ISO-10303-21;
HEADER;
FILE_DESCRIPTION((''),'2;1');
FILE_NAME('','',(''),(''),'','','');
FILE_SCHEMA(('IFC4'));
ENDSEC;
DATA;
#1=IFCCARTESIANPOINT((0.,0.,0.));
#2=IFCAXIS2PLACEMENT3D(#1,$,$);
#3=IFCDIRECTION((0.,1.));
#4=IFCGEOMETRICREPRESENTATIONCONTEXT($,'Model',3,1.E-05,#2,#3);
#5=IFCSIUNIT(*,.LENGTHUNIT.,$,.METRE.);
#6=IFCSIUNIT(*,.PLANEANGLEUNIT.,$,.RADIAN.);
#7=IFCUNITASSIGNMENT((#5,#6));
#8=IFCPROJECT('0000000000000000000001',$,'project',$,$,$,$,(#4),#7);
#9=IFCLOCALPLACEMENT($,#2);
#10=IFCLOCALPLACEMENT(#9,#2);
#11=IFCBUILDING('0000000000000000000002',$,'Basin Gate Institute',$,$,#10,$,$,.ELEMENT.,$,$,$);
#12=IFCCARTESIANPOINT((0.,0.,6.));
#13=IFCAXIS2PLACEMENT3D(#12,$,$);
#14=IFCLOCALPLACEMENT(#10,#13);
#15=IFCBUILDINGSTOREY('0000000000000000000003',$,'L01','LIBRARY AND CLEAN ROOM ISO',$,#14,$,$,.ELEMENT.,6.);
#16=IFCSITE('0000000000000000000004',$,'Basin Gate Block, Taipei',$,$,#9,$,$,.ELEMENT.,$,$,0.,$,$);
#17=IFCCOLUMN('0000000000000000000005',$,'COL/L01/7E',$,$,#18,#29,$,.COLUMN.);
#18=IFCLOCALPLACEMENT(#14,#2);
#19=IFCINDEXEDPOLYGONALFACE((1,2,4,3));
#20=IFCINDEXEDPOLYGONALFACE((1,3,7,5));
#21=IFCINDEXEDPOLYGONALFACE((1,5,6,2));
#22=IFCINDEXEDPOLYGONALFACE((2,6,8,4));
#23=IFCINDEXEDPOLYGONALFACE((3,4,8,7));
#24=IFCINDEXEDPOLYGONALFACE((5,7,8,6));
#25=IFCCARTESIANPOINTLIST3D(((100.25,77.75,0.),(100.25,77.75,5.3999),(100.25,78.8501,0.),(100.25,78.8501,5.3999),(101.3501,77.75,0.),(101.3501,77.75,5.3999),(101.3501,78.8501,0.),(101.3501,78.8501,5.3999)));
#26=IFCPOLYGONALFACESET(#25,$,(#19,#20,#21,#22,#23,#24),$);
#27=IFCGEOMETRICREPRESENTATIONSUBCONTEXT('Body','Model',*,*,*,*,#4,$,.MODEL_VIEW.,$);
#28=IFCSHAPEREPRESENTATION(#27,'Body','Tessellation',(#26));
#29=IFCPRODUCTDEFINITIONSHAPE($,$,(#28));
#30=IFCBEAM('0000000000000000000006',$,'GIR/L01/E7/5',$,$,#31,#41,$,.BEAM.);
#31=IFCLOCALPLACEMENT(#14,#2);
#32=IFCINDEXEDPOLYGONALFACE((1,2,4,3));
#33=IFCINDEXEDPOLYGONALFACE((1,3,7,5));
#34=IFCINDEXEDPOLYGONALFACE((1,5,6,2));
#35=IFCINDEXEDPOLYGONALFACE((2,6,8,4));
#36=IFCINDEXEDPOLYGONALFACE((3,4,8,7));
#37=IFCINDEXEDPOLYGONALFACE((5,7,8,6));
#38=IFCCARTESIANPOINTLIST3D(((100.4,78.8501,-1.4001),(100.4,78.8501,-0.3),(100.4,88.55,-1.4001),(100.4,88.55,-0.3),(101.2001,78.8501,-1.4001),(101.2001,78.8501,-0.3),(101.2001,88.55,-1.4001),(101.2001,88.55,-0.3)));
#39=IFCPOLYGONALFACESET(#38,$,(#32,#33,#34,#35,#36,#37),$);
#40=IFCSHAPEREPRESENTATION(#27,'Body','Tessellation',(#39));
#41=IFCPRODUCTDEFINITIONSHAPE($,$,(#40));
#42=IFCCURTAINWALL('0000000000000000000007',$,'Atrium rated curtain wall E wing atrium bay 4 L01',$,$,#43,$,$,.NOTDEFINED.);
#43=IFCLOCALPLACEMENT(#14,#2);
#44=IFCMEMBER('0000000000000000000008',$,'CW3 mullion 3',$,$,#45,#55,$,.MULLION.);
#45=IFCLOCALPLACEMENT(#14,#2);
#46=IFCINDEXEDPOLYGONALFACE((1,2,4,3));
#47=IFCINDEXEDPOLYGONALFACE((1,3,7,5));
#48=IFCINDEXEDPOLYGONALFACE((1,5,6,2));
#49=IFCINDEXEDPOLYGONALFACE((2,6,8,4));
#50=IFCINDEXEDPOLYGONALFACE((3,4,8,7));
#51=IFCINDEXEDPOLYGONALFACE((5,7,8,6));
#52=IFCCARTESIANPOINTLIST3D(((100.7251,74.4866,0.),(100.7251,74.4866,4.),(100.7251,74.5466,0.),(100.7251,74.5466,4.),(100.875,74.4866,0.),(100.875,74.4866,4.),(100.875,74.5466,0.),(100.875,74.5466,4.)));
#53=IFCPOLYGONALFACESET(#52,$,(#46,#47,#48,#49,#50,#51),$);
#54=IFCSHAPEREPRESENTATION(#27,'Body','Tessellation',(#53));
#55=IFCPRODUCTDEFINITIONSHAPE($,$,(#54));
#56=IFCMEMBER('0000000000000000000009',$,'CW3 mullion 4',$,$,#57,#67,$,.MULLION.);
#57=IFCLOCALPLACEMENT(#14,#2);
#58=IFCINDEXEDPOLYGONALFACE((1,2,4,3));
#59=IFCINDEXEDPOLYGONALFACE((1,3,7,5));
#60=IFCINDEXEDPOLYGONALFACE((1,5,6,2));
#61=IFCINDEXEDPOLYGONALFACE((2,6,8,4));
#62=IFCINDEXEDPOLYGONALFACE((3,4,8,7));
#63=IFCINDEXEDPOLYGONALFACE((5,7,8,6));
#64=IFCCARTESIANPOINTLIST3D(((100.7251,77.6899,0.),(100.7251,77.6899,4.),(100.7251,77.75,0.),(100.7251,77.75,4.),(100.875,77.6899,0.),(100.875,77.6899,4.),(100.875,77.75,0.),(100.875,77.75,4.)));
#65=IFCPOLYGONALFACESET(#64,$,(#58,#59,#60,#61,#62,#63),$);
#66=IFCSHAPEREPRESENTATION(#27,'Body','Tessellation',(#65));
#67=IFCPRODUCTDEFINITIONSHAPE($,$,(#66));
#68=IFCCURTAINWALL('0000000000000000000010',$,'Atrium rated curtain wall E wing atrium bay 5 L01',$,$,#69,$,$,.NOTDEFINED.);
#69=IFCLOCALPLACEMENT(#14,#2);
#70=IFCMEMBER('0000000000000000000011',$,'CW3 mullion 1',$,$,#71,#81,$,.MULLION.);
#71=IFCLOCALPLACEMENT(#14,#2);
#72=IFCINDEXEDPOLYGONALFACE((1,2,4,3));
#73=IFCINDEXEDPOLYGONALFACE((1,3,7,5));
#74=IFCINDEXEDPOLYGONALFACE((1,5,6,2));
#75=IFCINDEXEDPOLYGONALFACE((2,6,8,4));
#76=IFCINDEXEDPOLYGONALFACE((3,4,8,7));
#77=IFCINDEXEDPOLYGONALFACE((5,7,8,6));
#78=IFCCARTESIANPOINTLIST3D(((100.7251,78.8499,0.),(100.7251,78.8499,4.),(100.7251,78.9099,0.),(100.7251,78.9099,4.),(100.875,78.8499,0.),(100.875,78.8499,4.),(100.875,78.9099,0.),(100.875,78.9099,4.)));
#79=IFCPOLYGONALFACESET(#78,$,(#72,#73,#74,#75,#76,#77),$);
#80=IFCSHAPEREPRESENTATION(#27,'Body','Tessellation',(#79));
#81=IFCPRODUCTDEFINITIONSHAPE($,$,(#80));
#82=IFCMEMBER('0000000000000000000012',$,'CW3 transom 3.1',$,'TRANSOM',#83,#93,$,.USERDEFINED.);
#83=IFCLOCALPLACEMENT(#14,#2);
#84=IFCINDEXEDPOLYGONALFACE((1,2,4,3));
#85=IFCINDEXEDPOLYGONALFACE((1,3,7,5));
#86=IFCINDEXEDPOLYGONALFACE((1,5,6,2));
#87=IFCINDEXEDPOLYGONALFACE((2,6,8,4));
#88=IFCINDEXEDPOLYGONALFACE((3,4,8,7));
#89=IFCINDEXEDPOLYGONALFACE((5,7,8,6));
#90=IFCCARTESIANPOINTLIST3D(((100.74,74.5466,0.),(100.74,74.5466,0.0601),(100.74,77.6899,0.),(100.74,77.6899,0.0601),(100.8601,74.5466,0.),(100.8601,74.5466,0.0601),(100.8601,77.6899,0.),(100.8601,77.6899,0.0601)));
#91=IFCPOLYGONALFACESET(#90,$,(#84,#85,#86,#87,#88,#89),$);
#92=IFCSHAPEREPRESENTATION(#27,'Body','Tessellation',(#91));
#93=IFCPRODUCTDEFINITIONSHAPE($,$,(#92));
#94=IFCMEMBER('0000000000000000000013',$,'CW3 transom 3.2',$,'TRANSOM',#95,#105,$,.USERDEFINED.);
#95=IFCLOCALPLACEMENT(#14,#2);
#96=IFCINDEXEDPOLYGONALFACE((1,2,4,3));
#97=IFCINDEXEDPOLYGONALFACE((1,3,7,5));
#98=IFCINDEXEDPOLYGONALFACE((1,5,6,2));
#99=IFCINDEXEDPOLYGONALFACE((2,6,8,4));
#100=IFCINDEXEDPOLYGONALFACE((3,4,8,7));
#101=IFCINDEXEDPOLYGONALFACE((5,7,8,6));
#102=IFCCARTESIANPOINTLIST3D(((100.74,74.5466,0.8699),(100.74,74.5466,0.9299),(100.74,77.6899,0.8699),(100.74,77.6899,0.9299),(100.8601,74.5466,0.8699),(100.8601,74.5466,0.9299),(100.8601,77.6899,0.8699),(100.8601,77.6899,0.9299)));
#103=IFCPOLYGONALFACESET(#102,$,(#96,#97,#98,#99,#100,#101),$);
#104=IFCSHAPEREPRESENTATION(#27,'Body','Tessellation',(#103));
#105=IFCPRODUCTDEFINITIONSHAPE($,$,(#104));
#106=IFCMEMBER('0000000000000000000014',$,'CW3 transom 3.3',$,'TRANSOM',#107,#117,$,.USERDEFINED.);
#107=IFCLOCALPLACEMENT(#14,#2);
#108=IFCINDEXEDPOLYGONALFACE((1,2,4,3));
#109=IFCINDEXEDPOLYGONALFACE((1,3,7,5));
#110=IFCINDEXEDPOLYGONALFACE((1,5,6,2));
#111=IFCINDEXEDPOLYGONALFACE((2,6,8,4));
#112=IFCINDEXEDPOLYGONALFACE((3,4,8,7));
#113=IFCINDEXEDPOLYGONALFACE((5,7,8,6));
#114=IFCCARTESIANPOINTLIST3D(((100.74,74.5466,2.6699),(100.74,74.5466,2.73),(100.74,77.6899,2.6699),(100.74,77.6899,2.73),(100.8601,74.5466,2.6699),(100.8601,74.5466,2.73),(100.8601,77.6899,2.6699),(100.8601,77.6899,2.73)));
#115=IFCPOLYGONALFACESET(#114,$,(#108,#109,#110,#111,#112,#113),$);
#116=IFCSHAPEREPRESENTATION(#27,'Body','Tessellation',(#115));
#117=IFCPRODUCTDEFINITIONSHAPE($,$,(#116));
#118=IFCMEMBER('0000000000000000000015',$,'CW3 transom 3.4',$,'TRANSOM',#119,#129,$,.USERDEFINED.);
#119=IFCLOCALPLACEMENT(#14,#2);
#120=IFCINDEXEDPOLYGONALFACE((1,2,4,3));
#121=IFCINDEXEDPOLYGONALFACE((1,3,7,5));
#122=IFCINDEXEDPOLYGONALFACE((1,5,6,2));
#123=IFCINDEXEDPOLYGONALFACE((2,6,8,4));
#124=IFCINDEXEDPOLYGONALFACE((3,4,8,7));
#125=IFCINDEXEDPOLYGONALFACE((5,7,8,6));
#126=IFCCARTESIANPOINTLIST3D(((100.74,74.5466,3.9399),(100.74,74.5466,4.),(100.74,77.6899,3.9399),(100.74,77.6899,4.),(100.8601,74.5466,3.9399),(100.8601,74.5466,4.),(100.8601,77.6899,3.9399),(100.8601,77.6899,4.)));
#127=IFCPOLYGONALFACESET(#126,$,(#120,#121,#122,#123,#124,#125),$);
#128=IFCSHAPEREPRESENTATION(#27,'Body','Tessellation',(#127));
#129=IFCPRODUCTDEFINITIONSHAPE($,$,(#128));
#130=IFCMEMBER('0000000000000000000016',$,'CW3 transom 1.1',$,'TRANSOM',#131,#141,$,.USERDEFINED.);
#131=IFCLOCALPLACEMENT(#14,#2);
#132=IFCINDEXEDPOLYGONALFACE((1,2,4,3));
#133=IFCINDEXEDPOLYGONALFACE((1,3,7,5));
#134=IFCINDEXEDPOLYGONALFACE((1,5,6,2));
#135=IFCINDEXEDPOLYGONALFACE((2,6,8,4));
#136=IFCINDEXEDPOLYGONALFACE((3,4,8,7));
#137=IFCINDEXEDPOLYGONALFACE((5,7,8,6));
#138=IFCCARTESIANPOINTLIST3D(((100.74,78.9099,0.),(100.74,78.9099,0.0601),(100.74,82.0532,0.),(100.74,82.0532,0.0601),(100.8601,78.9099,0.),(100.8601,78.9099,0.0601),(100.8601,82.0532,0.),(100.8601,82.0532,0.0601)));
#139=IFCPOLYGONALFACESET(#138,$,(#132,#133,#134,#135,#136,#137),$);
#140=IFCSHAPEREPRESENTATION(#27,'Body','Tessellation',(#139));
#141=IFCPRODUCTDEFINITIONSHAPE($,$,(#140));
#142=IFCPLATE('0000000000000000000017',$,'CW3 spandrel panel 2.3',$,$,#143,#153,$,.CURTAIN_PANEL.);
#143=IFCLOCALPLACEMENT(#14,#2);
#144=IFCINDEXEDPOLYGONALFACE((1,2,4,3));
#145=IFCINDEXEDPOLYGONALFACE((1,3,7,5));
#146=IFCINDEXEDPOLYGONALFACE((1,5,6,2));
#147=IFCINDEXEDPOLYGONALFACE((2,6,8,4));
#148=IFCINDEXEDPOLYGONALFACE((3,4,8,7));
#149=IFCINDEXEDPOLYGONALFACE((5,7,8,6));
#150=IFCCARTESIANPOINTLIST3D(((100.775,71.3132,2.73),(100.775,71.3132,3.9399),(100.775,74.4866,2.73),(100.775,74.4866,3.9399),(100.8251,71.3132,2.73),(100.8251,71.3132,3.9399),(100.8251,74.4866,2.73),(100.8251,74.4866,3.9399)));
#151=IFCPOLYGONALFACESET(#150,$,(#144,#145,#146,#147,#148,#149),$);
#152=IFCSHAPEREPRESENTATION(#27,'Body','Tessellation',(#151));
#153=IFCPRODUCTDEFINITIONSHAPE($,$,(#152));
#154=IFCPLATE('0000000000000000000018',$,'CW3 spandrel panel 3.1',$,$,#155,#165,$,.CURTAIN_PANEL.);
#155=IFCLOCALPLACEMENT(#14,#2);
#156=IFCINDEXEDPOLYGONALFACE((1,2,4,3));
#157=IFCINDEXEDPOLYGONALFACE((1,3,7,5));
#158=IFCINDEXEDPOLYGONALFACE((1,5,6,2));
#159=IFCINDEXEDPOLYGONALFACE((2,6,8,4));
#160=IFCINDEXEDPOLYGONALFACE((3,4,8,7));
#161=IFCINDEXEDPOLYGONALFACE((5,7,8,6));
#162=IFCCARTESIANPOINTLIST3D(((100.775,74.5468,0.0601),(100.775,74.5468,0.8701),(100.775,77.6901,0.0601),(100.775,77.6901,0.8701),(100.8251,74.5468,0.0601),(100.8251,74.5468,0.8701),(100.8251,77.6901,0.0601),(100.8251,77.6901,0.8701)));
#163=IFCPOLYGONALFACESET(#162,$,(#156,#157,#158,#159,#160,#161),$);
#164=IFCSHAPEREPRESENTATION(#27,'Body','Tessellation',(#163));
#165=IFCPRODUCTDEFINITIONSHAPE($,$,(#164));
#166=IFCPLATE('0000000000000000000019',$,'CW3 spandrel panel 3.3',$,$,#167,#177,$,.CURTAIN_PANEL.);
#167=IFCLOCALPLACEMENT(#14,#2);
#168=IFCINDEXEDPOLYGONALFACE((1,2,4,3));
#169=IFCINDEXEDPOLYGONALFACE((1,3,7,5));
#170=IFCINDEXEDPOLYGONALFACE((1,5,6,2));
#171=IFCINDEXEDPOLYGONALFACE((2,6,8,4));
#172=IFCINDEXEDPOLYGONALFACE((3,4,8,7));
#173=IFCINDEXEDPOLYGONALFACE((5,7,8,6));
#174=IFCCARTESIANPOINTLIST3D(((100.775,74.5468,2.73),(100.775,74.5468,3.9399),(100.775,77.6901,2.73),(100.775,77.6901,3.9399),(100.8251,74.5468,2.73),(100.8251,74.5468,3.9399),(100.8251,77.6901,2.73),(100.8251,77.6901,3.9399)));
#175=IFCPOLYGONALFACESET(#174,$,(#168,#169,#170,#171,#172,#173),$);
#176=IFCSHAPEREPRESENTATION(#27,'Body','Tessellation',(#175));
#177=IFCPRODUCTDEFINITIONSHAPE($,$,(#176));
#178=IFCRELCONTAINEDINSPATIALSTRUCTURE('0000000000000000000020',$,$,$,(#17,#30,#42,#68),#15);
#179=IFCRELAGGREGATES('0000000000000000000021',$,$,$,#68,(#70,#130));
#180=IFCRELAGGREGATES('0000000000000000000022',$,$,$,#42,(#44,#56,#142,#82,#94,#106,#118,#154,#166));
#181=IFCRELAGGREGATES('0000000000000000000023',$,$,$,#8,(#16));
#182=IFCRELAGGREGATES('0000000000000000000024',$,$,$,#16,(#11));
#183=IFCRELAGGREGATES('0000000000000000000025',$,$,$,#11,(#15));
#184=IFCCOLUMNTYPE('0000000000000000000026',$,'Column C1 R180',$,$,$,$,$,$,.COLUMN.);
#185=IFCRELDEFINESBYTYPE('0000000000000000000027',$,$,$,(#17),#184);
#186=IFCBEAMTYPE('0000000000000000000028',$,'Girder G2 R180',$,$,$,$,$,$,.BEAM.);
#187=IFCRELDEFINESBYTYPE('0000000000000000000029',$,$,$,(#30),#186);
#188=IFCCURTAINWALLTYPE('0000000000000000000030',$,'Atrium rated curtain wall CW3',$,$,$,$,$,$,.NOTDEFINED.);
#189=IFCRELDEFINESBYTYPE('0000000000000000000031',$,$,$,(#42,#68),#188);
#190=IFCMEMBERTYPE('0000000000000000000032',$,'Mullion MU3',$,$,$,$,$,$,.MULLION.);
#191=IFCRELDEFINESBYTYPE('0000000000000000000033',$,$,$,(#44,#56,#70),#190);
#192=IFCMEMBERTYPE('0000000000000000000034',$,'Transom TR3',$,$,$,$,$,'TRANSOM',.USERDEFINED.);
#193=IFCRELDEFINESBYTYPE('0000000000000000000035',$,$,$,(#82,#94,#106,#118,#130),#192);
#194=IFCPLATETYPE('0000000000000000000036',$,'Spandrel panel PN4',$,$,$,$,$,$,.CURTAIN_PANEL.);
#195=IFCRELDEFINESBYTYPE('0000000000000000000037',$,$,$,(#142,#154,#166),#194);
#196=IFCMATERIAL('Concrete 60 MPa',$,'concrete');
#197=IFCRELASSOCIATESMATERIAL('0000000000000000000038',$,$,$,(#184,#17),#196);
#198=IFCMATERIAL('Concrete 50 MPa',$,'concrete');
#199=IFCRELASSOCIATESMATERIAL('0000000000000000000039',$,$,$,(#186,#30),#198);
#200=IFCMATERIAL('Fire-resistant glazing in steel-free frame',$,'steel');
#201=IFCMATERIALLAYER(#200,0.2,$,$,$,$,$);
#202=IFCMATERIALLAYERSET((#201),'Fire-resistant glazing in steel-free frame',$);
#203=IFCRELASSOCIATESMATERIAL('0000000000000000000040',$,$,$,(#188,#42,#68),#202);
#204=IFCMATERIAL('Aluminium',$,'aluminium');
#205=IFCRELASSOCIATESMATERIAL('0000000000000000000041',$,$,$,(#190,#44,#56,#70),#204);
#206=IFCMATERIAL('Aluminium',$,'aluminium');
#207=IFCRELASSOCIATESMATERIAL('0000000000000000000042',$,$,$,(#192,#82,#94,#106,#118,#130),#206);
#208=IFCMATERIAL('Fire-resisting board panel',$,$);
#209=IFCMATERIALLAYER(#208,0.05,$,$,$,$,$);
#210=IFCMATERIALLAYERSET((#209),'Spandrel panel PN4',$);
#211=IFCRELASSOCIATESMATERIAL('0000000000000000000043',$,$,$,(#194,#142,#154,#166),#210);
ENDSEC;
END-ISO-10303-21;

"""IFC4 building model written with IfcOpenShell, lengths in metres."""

from ifc_helpers import new_model, si_unit, direction, frame, origin, origin_2d, place, context, subcontext, project, spatial, rectangle, extrude, material, layer, layer_set, material_profile, profile_set, type_object, element, aggregate, save


model = new_model("IFC4")

# Units and contexts
model_context = context("Model", 3, precision=1e-05, world=origin(), true_north=direction((0.0, 1.0)))
body_context = subcontext(model_context, "Body", "Model", "MODEL_VIEW")
ifc_project = project(units=[si_unit("LENGTHUNIT", "METRE"), si_unit("PLANEANGLEUNIT", "RADIAN")], contexts=[model_context])

# Site, building, storey
site_placement = place(None, origin())
site = spatial("IfcSite", under=ifc_project, at=site_placement, Name="Basin Gate Block, Taipei", CompositionType="ELEMENT", RefElevation=0.0)
building_placement = place(site_placement, origin())
building = spatial("IfcBuilding", under=site, at=building_placement, Name="Basin Gate Institute", CompositionType="ELEMENT")
storey_placement = place(building_placement, frame((0.0, 0.0, 6.0)))
storey = spatial("IfcBuildingStorey", under=building, at=storey_placement, Name="L01", Description="LIBRARY AND CLEAN ROOM ISO", CompositionType="ELEMENT", Elevation=6.0)

# Column
ifc_material_1 = material(Name="Concrete 60 MPa", Category="concrete")
ifc_material_profile_1 = material_profile(ifc_material_1, rectangle(XDim=1.1001, YDim=1.1001, at=origin_2d()), Name="Column C1 1100 x 1100")
ifc_profile_set_1 = profile_set([ifc_material_profile_1], Name="Concrete 60 MPa")
column_type = type_object("IfcColumnType", Name="Column C1 R180", PredefinedType="COLUMN", material=ifc_profile_set_1)
column_placement = place(storey_placement, frame((100.8, 78.3, 0.0), z_axis=(0.0, 0.0, 1.0), x_axis=(1.0, 0.0, 0.0)))
element("IfcColumn", 1, at=column_placement, inside=storey, type_object=column_type, material=ifc_profile_set_1, Name="COL/L01/7E", PredefinedType="COLUMN", context=body_context, shape_type="SweptSolid", body=[
    extrude(rectangle(XDim=1.1001, YDim=1.1001, at=origin_2d()), origin(), (0.0, 0.0, 1.0), 5.3999),
])

# Beam
ifc_material_2 = material(Name="Concrete 50 MPa", Category="concrete")
ifc_material_profile_2 = material_profile(ifc_material_2, rectangle(XDim=0.8, YDim=1.1001, at=origin_2d()), Name="Girder G2 800 x 1100")
ifc_profile_set_2 = profile_set([ifc_material_profile_2], Name="Concrete 50 MPa")
beam_type = type_object("IfcBeamType", Name="Girder G2 R180", PredefinedType="BEAM", material=ifc_profile_set_2)
beam_placement = place(storey_placement, frame((100.8, 78.8501, -0.8501), z_axis=(0.0, 1.0, 0.0), x_axis=(-1.0, 0.0, 0.0)))
element("IfcBeam", 2, at=beam_placement, inside=storey, type_object=beam_type, material=ifc_profile_set_2, Name="GIR/L01/E7/5", PredefinedType="BEAM", context=body_context, shape_type="SweptSolid", body=[
    extrude(rectangle(XDim=0.8, YDim=1.1001, at=origin_2d()), origin(), (0.0, 0.0, 1.0), 9.7),
])

# Curtain wall, members
ifc_material_3 = material(Name="Fire-resistant glazing in steel-free frame", Category="steel")
ifc_layer_1 = layer(ifc_material_3, 0.2)
ifc_layer_set_1 = layer_set([ifc_layer_1], Name="Fire-resistant glazing in steel-free frame")
curtain_wall_type = type_object("IfcCurtainWallType", Name="Atrium rated curtain wall CW3", PredefinedType="NOTDEFINED", material=ifc_layer_set_1)
curtain_wall_1_placement = place(storey_placement, origin())
curtain_wall_1 = element("IfcCurtainWall", 3, at=curtain_wall_1_placement, inside=storey, type_object=curtain_wall_type, material=ifc_layer_set_1, Name="Atrium rated curtain wall E wing atrium bay 4 L01", PredefinedType="NOTDEFINED")
ifc_material_4 = material(Name="Aluminium", Category="aluminium")
ifc_material_profile_3 = material_profile(ifc_material_4, rectangle(XDim=0.1499, YDim=0.0601, at=origin_2d()), Name="Mullion MU3 150 x 60")
ifc_profile_set_3 = profile_set([ifc_material_profile_3], Name="Aluminium")
member_type_1 = type_object("IfcMemberType", Name="Mullion MU3", PredefinedType="MULLION", material=ifc_profile_set_3)
member_1_placement = place(storey_placement, frame((100.8, 74.5166, 0.0), z_axis=(0.0, 0.0, 1.0), x_axis=(-1.0, 0.0, 0.0)))
member_1 = element("IfcMember", 4, at=member_1_placement, type_object=member_type_1, material=ifc_profile_set_3, Name="CW3 mullion 3", PredefinedType="MULLION", context=body_context, shape_type="SweptSolid", body=[
    extrude(rectangle(XDim=0.1499, YDim=0.0601, at=origin_2d()), origin(), (0.0, 0.0, 1.0), 4.0),
])
member_2_placement = place(storey_placement, frame((100.8, 77.72, 0.0), z_axis=(0.0, 0.0, 1.0), x_axis=(-1.0, 0.0, 0.0)))
member_2 = element("IfcMember", 5, at=member_2_placement, type_object=member_type_1, material=ifc_profile_set_3, Name="CW3 mullion 4", PredefinedType="MULLION", context=body_context, shape_type="SweptSolid", body=[
    extrude(rectangle(XDim=0.1499, YDim=0.0601, at=origin_2d()), origin(), (0.0, 0.0, 1.0), 4.0),
])

# Curtain wall, member
curtain_wall_2_placement = place(storey_placement, origin())
curtain_wall_2 = element("IfcCurtainWall", 6, at=curtain_wall_2_placement, inside=storey, type_object=curtain_wall_type, material=ifc_layer_set_1, Name="Atrium rated curtain wall E wing atrium bay 5 L01", PredefinedType="NOTDEFINED")
member_3_placement = place(storey_placement, frame((100.8, 78.8799, 0.0), z_axis=(0.0, 0.0, 1.0), x_axis=(-1.0, 0.0, 0.0)))
member_3 = element("IfcMember", 7, at=member_3_placement, type_object=member_type_1, material=ifc_profile_set_3, Name="CW3 mullion 1", PredefinedType="MULLION", context=body_context, shape_type="SweptSolid", body=[
    extrude(rectangle(XDim=0.1499, YDim=0.0601, at=origin_2d()), origin(), (0.0, 0.0, 1.0), 4.0),
])

# Members
ifc_material_5 = material(Name="Aluminium", Category="aluminium")
ifc_material_profile_4 = material_profile(ifc_material_5, rectangle(XDim=0.1201, YDim=0.0601, at=origin_2d()), Name="Transom TR3 120 x 60")
ifc_profile_set_4 = profile_set([ifc_material_profile_4], Name="Aluminium")
member_type_2 = type_object("IfcMemberType", Name="Transom TR3", ElementType="TRANSOM", PredefinedType="USERDEFINED", material=ifc_profile_set_4)
member_4_placement = place(storey_placement, frame((100.8, 74.5466, 0.03), z_axis=(0.0, 1.0, 0.0), x_axis=(-1.0, 0.0, 0.0)))
member_4 = element("IfcMember", 8, at=member_4_placement, type_object=member_type_2, material=ifc_profile_set_4, Name="CW3 transom 3.1", ObjectType="TRANSOM", PredefinedType="USERDEFINED", context=body_context, shape_type="SweptSolid", body=[
    extrude(rectangle(XDim=0.1201, YDim=0.0601, at=origin_2d()), origin(), (0.0, 0.0, 1.0), 3.1433),
])
member_5_placement = place(storey_placement, frame((100.8, 74.5466, 0.8999), z_axis=(0.0, 1.0, 0.0), x_axis=(-1.0, 0.0, 0.0)))
member_5 = element("IfcMember", 9, at=member_5_placement, type_object=member_type_2, material=ifc_profile_set_4, Name="CW3 transom 3.2", ObjectType="TRANSOM", PredefinedType="USERDEFINED", context=body_context, shape_type="SweptSolid", body=[
    extrude(rectangle(XDim=0.1201, YDim=0.0601, at=origin_2d()), origin(), (0.0, 0.0, 1.0), 3.1433),
])
member_6_placement = place(storey_placement, frame((100.8, 74.5466, 2.7), z_axis=(0.0, 1.0, 0.0), x_axis=(-1.0, 0.0, 0.0)))
member_6 = element("IfcMember", 10, at=member_6_placement, type_object=member_type_2, material=ifc_profile_set_4, Name="CW3 transom 3.3", ObjectType="TRANSOM", PredefinedType="USERDEFINED", context=body_context, shape_type="SweptSolid", body=[
    extrude(rectangle(XDim=0.1201, YDim=0.0601, at=origin_2d()), origin(), (0.0, 0.0, 1.0), 3.1433),
])
member_7_placement = place(storey_placement, frame((100.8, 74.5466, 3.97), z_axis=(0.0, 1.0, 0.0), x_axis=(-1.0, 0.0, 0.0)))
member_7 = element("IfcMember", 11, at=member_7_placement, type_object=member_type_2, material=ifc_profile_set_4, Name="CW3 transom 3.4", ObjectType="TRANSOM", PredefinedType="USERDEFINED", context=body_context, shape_type="SweptSolid", body=[
    extrude(rectangle(XDim=0.1201, YDim=0.0601, at=origin_2d()), origin(), (0.0, 0.0, 1.0), 3.1433),
])
member_8_placement = place(storey_placement, frame((100.8, 78.9099, 0.03), z_axis=(0.0, 1.0, 0.0), x_axis=(-1.0, 0.0, 0.0)))
member_8 = element("IfcMember", 12, at=member_8_placement, type_object=member_type_2, material=ifc_profile_set_4, Name="CW3 transom 1.1", ObjectType="TRANSOM", PredefinedType="USERDEFINED", context=body_context, shape_type="SweptSolid", body=[
    extrude(rectangle(XDim=0.1201, YDim=0.0601, at=origin_2d()), origin(), (0.0, 0.0, 1.0), 3.1433),
])
aggregate(curtain_wall_2, [member_3, member_8])

# Plates
ifc_material_6 = material(Name="Fire-resisting board panel")
ifc_layer_2 = layer(ifc_material_6, 0.05)
ifc_layer_set_2 = layer_set([ifc_layer_2], Name="Spandrel panel PN4")
plate_type_1 = type_object("IfcPlateType", Name="Spandrel panel PN4", PredefinedType="CURTAIN_PANEL", material=ifc_layer_set_2)
plate_1_placement = place(storey_placement, frame((100.8, 72.8999, 2.73), z_axis=(0.0, 0.0, 1.0), x_axis=(0.0, 1.0, 0.0)))
plate_1 = element("IfcPlate", 13, at=plate_1_placement, type_object=plate_type_1, material=ifc_layer_set_2, Name="CW3 spandrel panel 2.3", PredefinedType="CURTAIN_PANEL", context=body_context, shape_type="SweptSolid", body=[
    extrude(rectangle(XDim=3.1733, YDim=0.05, at=origin_2d()), origin(), (0.0, 0.0, 1.0), 1.21),
])
plate_2_placement = place(storey_placement, frame((100.8, 76.1184, 0.0601), z_axis=(0.0, 0.0, 1.0), x_axis=(0.0, 1.0, 0.0)))
plate_2 = element("IfcPlate", 14, at=plate_2_placement, type_object=plate_type_1, material=ifc_layer_set_2, Name="CW3 spandrel panel 3.1", PredefinedType="CURTAIN_PANEL", context=body_context, shape_type="SweptSolid", body=[
    extrude(rectangle(XDim=3.1433, YDim=0.05, at=origin_2d()), origin(), (0.0, 0.0, 1.0), 0.8101),
])
plate_3_placement = place(storey_placement, frame((100.8, 76.1184, 2.73), z_axis=(0.0, 0.0, 1.0), x_axis=(0.0, 1.0, 0.0)))
plate_3 = element("IfcPlate", 15, at=plate_3_placement, type_object=plate_type_1, material=ifc_layer_set_2, Name="CW3 spandrel panel 3.3", PredefinedType="CURTAIN_PANEL", context=body_context, shape_type="SweptSolid", body=[
    extrude(rectangle(XDim=3.1433, YDim=0.05, at=origin_2d()), origin(), (0.0, 0.0, 1.0), 1.21),
])
aggregate(curtain_wall_1, [member_1, member_2, plate_1, member_4, member_5, member_6, member_7, plate_2, plate_3])

save(model, "model.ifc")
